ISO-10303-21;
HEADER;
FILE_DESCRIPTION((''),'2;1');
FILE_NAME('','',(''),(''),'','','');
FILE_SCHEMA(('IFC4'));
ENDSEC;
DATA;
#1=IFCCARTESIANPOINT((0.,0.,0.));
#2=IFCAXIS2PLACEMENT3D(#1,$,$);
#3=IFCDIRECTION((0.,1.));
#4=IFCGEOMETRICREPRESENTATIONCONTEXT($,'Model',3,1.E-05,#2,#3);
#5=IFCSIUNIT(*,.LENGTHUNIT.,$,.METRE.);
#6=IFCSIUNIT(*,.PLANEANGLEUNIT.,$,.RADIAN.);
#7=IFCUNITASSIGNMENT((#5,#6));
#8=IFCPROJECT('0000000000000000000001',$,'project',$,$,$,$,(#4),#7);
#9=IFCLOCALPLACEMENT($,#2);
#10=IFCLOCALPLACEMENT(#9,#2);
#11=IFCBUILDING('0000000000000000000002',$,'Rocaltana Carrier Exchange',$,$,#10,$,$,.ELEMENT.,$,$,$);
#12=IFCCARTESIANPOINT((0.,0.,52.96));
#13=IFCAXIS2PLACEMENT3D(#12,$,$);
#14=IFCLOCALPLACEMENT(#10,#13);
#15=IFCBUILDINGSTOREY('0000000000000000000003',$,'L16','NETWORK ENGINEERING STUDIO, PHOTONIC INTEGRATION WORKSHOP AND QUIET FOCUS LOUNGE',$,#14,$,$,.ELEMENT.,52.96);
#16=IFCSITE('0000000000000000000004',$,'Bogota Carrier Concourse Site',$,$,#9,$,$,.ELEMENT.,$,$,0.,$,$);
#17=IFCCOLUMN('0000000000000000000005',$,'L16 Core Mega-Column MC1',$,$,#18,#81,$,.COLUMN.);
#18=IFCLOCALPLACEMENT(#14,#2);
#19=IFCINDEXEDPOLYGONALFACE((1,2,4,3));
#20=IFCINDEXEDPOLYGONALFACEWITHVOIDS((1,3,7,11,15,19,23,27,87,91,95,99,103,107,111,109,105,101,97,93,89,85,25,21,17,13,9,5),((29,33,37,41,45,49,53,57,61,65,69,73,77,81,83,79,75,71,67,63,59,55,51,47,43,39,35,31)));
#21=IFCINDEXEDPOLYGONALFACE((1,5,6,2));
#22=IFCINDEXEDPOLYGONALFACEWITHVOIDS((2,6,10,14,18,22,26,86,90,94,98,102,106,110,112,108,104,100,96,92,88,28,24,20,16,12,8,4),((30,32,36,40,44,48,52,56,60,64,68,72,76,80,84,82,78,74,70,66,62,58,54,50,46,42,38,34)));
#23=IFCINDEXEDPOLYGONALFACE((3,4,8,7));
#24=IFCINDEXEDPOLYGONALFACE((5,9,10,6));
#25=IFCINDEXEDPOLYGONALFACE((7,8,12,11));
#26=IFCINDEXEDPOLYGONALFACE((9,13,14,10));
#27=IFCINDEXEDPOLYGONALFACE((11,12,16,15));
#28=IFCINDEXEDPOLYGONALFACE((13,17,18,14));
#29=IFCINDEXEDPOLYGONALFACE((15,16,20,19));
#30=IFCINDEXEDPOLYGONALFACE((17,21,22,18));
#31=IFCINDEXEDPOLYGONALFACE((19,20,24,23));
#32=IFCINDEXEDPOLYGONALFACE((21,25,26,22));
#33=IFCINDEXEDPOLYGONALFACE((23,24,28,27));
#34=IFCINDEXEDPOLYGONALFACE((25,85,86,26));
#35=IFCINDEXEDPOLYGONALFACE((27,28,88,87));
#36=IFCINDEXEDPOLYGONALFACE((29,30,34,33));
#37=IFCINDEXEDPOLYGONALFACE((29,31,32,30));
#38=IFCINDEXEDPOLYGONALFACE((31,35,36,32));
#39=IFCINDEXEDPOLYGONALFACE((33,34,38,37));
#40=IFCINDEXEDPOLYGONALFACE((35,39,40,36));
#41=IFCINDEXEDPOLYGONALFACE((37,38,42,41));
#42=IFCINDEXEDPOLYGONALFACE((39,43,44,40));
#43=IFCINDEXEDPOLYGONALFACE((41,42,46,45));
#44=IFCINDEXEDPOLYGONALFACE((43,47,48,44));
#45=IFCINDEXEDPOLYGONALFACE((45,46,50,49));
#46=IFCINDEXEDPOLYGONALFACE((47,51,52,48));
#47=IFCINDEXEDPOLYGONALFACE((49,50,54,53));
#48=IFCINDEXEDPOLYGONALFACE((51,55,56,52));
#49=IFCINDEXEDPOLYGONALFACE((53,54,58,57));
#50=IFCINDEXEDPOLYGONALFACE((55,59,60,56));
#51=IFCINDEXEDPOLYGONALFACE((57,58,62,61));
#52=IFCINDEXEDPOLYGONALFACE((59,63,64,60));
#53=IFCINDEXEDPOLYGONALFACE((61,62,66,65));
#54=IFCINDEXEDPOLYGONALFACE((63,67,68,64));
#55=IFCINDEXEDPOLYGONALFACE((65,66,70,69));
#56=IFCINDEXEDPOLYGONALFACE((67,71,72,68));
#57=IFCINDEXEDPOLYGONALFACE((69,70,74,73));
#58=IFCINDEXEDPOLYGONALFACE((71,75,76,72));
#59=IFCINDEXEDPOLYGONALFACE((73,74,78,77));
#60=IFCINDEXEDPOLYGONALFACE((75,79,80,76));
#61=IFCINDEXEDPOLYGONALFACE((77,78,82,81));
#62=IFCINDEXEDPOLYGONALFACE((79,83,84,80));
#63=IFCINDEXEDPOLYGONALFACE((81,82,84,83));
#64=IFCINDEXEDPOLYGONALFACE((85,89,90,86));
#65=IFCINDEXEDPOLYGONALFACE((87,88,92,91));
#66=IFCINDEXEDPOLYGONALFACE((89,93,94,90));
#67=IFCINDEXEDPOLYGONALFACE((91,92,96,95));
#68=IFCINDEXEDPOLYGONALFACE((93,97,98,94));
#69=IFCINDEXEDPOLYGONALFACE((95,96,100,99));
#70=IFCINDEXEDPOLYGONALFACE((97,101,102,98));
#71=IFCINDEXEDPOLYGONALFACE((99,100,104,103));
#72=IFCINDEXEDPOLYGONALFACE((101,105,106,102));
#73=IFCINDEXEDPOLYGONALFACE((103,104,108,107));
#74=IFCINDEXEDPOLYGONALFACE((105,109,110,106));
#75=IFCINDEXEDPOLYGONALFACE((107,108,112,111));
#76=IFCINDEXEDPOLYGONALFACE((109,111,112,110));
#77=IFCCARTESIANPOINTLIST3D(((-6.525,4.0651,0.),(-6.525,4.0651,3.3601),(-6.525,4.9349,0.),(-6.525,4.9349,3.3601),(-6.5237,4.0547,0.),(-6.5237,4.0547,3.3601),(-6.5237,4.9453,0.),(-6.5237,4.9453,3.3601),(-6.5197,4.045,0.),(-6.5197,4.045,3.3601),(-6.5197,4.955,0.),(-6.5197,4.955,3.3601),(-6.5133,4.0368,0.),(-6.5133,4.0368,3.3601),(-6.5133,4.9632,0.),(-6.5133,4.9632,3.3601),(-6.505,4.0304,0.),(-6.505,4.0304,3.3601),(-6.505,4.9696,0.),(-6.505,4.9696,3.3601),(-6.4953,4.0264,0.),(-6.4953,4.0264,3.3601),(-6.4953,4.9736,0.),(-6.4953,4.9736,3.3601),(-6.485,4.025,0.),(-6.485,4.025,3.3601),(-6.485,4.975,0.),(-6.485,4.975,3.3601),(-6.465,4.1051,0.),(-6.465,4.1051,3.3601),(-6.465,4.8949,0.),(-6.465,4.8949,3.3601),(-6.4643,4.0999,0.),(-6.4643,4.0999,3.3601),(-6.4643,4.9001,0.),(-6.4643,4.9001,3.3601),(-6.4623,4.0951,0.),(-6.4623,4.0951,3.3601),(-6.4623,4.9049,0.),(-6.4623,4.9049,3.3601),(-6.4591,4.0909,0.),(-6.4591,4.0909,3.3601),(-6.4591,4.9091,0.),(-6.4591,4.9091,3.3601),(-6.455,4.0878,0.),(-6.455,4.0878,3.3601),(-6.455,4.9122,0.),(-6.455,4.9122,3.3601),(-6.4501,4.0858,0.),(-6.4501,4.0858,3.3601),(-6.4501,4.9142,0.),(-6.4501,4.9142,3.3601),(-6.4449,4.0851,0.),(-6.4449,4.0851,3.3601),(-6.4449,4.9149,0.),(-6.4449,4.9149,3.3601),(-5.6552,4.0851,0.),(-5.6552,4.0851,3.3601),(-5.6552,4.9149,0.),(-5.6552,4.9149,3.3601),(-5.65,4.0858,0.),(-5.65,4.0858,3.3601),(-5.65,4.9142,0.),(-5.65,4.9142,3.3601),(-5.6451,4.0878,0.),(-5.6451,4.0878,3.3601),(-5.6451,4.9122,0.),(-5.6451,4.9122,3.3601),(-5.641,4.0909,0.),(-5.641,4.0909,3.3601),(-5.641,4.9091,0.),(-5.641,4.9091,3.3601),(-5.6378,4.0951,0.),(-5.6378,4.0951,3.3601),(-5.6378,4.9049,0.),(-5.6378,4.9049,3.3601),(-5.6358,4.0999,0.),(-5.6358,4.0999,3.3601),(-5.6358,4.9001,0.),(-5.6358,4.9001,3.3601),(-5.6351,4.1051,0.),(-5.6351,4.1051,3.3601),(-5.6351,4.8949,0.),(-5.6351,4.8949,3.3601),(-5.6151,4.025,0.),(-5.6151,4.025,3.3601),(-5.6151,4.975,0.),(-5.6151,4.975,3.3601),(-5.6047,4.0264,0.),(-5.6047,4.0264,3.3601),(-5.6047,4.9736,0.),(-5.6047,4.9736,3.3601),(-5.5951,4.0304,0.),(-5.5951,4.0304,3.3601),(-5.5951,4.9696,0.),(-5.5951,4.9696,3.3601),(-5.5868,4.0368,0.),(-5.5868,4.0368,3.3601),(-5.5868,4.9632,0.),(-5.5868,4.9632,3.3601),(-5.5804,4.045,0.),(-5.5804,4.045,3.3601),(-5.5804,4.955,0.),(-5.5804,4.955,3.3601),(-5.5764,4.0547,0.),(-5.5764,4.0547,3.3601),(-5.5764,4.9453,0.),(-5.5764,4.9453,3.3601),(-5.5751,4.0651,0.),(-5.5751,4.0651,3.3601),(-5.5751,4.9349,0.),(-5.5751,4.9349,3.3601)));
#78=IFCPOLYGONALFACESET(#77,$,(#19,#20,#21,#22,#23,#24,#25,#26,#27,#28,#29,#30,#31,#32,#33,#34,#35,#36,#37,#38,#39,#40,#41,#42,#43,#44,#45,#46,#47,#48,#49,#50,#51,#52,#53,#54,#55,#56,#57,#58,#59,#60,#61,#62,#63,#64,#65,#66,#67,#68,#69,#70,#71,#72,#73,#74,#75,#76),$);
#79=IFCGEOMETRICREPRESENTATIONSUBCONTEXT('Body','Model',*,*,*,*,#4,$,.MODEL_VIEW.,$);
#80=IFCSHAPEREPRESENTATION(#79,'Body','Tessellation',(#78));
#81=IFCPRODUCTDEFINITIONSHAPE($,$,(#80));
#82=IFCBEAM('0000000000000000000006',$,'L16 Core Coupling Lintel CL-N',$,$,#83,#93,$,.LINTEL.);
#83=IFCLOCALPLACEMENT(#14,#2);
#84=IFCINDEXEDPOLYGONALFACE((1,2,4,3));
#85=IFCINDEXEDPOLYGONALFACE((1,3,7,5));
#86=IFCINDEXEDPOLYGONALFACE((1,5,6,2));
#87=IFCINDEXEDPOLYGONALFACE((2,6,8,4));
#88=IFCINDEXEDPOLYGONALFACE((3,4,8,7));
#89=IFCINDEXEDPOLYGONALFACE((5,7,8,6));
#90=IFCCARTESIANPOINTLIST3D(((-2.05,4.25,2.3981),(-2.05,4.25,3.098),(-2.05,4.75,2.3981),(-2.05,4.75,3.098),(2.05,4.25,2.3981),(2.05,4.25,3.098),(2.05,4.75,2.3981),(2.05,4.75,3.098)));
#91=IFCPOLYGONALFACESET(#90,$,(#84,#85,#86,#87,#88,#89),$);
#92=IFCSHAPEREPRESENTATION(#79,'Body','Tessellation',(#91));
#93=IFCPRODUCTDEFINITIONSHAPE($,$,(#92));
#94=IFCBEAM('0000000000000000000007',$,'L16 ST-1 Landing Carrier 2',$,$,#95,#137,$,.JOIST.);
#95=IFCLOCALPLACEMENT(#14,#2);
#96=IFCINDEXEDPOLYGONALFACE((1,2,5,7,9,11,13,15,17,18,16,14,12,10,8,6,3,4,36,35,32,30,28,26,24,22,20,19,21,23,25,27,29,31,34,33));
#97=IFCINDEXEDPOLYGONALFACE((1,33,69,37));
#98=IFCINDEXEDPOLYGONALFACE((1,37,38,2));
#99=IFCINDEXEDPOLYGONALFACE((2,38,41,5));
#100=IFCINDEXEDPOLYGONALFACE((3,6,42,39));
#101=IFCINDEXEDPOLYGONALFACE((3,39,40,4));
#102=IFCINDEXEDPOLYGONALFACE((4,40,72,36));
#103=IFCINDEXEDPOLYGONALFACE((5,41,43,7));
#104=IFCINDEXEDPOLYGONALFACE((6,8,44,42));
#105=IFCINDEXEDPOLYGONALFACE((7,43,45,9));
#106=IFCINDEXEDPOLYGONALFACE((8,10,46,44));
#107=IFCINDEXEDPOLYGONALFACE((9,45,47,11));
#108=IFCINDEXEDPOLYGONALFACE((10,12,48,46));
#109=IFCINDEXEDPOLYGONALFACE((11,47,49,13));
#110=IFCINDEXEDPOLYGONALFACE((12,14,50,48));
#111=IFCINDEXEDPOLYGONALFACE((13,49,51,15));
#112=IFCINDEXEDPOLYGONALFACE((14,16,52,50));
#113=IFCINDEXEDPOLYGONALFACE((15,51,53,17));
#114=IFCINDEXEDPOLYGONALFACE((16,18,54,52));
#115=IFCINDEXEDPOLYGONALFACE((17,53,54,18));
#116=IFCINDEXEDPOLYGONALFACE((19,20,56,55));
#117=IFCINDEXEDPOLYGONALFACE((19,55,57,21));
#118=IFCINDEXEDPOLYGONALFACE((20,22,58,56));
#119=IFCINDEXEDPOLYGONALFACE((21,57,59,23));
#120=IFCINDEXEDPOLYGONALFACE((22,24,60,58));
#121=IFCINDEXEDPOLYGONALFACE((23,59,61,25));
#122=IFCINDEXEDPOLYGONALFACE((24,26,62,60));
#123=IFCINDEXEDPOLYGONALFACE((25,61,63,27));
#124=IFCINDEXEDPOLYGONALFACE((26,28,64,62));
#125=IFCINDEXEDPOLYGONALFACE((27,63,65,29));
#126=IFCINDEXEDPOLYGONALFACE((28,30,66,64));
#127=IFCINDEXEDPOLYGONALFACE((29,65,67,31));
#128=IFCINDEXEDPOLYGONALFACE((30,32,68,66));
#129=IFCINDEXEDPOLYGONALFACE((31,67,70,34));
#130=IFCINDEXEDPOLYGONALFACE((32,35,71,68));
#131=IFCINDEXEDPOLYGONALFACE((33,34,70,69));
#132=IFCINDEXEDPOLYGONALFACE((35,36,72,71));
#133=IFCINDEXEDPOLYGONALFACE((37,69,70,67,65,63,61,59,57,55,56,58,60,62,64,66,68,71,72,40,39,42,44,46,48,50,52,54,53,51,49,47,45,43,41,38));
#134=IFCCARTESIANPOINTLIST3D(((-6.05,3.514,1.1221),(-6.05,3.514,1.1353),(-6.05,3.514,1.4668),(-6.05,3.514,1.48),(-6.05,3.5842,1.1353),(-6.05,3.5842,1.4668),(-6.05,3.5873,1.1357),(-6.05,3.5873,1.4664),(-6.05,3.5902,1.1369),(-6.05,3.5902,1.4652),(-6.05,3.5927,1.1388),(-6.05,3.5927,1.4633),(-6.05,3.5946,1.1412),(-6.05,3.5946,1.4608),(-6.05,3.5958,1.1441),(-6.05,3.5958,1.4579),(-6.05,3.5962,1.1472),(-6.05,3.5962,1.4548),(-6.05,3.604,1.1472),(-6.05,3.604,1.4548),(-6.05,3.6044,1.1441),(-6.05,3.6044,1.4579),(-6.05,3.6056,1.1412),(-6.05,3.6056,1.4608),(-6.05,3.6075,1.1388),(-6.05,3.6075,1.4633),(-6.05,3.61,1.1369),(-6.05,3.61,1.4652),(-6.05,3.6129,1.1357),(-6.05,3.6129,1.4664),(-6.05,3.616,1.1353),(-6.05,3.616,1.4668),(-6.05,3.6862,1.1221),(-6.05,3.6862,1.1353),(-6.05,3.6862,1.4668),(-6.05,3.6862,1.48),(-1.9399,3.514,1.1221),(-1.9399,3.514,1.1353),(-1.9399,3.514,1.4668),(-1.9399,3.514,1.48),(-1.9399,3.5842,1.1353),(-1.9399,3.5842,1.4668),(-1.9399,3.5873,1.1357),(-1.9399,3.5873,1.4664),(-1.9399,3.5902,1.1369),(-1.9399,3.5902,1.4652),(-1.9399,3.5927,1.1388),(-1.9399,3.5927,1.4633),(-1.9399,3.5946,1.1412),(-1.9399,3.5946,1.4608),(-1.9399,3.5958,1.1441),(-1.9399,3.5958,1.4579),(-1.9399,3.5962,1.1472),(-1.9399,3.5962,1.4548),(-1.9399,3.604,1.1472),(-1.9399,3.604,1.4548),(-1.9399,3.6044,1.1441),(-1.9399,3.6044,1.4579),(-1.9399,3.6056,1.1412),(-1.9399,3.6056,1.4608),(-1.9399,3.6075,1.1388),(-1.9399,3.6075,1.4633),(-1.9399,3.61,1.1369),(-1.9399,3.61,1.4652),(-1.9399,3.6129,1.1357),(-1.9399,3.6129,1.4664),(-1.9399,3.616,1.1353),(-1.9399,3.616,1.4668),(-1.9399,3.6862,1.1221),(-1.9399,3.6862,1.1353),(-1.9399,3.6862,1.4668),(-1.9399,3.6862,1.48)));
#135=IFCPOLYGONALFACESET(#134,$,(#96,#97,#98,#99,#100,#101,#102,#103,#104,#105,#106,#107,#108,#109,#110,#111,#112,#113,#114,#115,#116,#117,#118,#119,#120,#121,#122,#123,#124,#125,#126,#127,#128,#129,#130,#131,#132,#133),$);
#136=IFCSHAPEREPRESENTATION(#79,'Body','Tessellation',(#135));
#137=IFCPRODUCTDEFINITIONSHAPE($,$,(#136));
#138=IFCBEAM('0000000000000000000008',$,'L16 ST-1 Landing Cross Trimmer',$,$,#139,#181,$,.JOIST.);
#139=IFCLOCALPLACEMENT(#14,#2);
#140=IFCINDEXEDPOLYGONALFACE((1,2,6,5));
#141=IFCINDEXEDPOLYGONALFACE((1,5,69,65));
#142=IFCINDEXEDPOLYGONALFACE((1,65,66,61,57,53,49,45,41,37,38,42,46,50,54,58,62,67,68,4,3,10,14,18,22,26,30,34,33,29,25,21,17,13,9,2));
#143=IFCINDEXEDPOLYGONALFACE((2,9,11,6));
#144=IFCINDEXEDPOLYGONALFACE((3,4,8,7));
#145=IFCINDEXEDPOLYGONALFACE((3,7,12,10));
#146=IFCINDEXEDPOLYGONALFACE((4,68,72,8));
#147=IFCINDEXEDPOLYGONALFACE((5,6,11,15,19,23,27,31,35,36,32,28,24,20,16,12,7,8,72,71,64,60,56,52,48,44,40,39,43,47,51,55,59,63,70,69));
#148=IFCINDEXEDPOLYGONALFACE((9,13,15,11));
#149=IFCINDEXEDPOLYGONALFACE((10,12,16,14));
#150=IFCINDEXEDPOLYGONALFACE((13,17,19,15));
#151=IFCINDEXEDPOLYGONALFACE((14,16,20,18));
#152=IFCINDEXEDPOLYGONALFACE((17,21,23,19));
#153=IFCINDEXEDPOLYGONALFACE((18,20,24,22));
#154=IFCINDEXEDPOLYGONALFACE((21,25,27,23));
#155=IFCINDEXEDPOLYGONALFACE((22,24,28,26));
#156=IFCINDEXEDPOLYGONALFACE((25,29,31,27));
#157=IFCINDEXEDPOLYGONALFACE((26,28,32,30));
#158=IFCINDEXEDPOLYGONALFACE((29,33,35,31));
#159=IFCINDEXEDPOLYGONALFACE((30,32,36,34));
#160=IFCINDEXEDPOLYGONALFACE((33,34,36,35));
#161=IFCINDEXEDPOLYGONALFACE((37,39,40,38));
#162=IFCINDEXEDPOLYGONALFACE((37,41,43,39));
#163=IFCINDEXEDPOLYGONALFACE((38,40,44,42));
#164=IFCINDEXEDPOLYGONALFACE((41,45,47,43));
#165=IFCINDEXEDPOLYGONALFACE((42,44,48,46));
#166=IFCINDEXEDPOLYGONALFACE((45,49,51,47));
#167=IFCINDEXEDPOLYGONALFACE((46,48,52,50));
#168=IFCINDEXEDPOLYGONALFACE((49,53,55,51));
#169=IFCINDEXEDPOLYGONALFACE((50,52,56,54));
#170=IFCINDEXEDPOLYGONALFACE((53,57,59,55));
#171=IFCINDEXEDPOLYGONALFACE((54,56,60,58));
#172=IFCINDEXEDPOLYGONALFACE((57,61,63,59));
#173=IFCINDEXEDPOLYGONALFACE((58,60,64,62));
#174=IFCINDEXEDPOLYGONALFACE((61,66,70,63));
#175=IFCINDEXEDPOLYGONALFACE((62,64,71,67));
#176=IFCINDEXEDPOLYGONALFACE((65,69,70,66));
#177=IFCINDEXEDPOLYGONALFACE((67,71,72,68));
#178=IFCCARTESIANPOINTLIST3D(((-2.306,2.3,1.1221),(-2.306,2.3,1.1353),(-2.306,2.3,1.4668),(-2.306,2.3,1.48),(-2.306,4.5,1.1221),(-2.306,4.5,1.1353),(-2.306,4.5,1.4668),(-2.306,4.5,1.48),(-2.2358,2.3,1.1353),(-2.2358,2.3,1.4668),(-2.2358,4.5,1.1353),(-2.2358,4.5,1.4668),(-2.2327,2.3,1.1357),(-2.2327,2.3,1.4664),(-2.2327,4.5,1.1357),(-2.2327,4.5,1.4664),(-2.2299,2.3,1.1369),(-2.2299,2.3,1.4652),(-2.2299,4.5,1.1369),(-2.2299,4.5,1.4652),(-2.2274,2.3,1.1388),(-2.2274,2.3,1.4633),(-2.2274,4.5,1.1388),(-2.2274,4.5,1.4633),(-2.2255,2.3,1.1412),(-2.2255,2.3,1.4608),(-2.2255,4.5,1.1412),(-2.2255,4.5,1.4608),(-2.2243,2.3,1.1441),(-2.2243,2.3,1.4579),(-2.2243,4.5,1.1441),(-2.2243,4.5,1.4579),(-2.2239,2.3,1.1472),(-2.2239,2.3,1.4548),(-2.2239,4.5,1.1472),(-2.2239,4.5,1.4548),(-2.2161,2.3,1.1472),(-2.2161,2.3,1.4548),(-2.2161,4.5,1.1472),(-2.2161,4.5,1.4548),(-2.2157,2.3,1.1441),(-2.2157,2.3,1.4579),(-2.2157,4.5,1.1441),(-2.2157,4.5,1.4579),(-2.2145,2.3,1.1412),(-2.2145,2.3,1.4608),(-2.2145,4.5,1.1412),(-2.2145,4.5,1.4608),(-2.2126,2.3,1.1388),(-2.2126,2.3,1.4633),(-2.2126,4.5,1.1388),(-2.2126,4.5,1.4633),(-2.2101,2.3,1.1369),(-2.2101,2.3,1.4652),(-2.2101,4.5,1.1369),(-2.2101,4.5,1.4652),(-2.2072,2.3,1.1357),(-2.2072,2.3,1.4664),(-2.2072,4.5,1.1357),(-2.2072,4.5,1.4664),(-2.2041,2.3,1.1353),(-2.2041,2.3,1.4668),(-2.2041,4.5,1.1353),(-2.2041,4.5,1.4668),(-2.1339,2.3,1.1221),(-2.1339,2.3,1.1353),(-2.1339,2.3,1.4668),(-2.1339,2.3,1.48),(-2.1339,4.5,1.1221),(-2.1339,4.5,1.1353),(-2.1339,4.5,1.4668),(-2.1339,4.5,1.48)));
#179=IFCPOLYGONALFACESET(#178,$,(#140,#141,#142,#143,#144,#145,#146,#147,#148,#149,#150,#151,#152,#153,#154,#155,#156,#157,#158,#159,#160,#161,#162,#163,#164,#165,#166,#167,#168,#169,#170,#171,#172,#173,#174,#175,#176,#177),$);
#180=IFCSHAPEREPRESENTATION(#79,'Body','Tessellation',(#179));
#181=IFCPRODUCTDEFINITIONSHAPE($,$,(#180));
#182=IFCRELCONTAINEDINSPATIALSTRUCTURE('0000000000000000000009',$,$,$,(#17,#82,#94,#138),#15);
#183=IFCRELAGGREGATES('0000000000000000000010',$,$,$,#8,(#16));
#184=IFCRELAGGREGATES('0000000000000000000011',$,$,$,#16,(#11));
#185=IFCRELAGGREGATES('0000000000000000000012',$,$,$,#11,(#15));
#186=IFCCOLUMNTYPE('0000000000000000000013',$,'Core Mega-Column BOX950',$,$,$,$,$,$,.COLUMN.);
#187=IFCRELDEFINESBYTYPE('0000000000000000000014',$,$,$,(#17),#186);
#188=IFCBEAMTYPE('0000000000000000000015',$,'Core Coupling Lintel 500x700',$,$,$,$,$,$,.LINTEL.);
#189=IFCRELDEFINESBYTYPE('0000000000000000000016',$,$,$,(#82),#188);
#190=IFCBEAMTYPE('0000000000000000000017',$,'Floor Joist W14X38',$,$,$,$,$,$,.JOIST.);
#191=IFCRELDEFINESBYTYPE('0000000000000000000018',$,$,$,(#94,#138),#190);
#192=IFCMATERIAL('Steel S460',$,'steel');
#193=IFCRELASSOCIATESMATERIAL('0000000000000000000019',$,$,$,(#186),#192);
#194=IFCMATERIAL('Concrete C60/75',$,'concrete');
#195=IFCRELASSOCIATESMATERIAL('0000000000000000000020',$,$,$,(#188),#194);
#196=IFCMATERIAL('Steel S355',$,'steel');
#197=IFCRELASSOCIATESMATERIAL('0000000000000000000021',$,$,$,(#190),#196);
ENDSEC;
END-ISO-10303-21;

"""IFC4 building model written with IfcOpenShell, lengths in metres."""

from ifc_helpers import new_model, si_unit, direction, frame, origin, origin_2d, place, context, subcontext, project, spatial, rectangle, hollow_rectangle, i_section, extrude, material, material_profile, profile_set, type_object, element, save


model = new_model("IFC4")

# Units and contexts
model_context = context("Model", 3, precision=1e-05, world=origin(), true_north=direction((0.0, 1.0)))
body_context = subcontext(model_context, "Body", "Model", "MODEL_VIEW")
ifc_project = project(units=[si_unit("LENGTHUNIT", "METRE"), si_unit("PLANEANGLEUNIT", "RADIAN")], contexts=[model_context])

# Site, building, storey
site_placement = place(None, origin())
site = spatial("IfcSite", under=ifc_project, at=site_placement, Name="Bogota Carrier Concourse Site", CompositionType="ELEMENT", RefElevation=0.0)
building_placement = place(site_placement, origin())
building = spatial("IfcBuilding", under=site, at=building_placement, Name="Rocaltana Carrier Exchange", CompositionType="ELEMENT")
storey_placement = place(building_placement, frame((0.0, 0.0, 52.96)))
storey = spatial("IfcBuildingStorey", under=building, at=storey_placement, Name="L16", Description="NETWORK ENGINEERING STUDIO, PHOTONIC INTEGRATION WORKSHOP AND QUIET FOCUS LOUNGE", CompositionType="ELEMENT", Elevation=52.96)

# Column
ifc_material_1 = material(Name="Steel S460", Category="steel")
ifc_material_profile_1 = material_profile(ifc_material_1, hollow_rectangle(XDim=0.95, YDim=0.95, WallThickness=0.0601, InnerFilletRadius=0.02, OuterFilletRadius=0.04, at=origin_2d()), Name="BOX950X950X60")
ifc_profile_set_1 = profile_set([ifc_material_profile_1], Name="Steel S460")
column_type = type_object("IfcColumnType", Name="Core Mega-Column BOX950", PredefinedType="COLUMN", material=ifc_profile_set_1)
column_placement = place(storey_placement, frame((-6.05, 4.5, 0.0), z_axis=(0.0, 0.0, 1.0), x_axis=(1.0, 0.0, 0.0)))
element("IfcColumn", 1, at=column_placement, inside=storey, type_object=column_type, Name="L16 Core Mega-Column MC1", PredefinedType="COLUMN", context=body_context, shape_type="SweptSolid", body=[
    extrude(hollow_rectangle(XDim=0.95, YDim=0.95, WallThickness=0.0601, InnerFilletRadius=0.02, OuterFilletRadius=0.04, at=origin_2d()), origin(), (0.0, 0.0, 1.0), 3.3601),
])

# Beams
ifc_material_2 = material(Name="Concrete C60/75", Category="concrete")
ifc_material_profile_2 = material_profile(ifc_material_2, rectangle(XDim=0.5, YDim=0.7, at=origin_2d()), Name="RC-BM-500X700")
ifc_profile_set_2 = profile_set([ifc_material_profile_2], Name="Concrete C60/75")
beam_type_1 = type_object("IfcBeamType", Name="Core Coupling Lintel 500x700", PredefinedType="LINTEL", material=ifc_profile_set_2)
beam_1_placement = place(storey_placement, frame((-2.05, 4.5, 2.748), z_axis=(1.0, 0.0, 0.0), x_axis=(0.0, 1.0, 0.0)))
element("IfcBeam", 2, at=beam_1_placement, inside=storey, type_object=beam_type_1, Name="L16 Core Coupling Lintel CL-N", PredefinedType="LINTEL", context=body_context, shape_type="SweptSolid", body=[
    extrude(rectangle(XDim=0.5, YDim=0.7, at=origin_2d()), origin(), (0.0, 0.0, 1.0), 4.1001),
])
ifc_material_3 = material(Name="Steel S355", Category="steel")
ifc_material_profile_3 = material_profile(ifc_material_3, i_section(OverallWidth=0.1721, OverallDepth=0.3579, WebThickness=0.0078, FlangeThickness=0.0132, FilletRadius=0.012, at=origin_2d()), Name="W14X38")
ifc_profile_set_3 = profile_set([ifc_material_profile_3], Name="Steel S355")
beam_type_2 = type_object("IfcBeamType", Name="Floor Joist W14X38", PredefinedType="JOIST", material=ifc_profile_set_3)
beam_2_placement = place(storey_placement, frame((-6.05, 3.6001, 1.301), z_axis=(1.0, 0.0, 0.0), x_axis=(0.0, 1.0, 0.0)))
element("IfcBeam", 3, at=beam_2_placement, inside=storey, type_object=beam_type_2, Name="L16 ST-1 Landing Carrier 2", PredefinedType="JOIST", context=body_context, shape_type="SweptSolid", body=[
    extrude(i_section(OverallWidth=0.1721, OverallDepth=0.3579, WebThickness=0.0078, FlangeThickness=0.0132, FilletRadius=0.012, at=origin_2d()), origin(), (0.0, 0.0, 1.0), 4.1101),
])
beam_3_placement = place(storey_placement, frame((-2.22, 2.3, 1.301), z_axis=(0.0, 1.0, 0.0), x_axis=(-1.0, 0.0, 0.0)))
element("IfcBeam", 4, at=beam_3_placement, inside=storey, type_object=beam_type_2, Name="L16 ST-1 Landing Cross Trimmer", PredefinedType="JOIST", context=body_context, shape_type="SweptSolid", body=[
    extrude(i_section(OverallWidth=0.1721, OverallDepth=0.3579, WebThickness=0.0078, FlangeThickness=0.0132, FilletRadius=0.012, at=origin_2d()), origin(), (0.0, 0.0, 1.0), 2.2),
])

save(model, "model.ifc")
